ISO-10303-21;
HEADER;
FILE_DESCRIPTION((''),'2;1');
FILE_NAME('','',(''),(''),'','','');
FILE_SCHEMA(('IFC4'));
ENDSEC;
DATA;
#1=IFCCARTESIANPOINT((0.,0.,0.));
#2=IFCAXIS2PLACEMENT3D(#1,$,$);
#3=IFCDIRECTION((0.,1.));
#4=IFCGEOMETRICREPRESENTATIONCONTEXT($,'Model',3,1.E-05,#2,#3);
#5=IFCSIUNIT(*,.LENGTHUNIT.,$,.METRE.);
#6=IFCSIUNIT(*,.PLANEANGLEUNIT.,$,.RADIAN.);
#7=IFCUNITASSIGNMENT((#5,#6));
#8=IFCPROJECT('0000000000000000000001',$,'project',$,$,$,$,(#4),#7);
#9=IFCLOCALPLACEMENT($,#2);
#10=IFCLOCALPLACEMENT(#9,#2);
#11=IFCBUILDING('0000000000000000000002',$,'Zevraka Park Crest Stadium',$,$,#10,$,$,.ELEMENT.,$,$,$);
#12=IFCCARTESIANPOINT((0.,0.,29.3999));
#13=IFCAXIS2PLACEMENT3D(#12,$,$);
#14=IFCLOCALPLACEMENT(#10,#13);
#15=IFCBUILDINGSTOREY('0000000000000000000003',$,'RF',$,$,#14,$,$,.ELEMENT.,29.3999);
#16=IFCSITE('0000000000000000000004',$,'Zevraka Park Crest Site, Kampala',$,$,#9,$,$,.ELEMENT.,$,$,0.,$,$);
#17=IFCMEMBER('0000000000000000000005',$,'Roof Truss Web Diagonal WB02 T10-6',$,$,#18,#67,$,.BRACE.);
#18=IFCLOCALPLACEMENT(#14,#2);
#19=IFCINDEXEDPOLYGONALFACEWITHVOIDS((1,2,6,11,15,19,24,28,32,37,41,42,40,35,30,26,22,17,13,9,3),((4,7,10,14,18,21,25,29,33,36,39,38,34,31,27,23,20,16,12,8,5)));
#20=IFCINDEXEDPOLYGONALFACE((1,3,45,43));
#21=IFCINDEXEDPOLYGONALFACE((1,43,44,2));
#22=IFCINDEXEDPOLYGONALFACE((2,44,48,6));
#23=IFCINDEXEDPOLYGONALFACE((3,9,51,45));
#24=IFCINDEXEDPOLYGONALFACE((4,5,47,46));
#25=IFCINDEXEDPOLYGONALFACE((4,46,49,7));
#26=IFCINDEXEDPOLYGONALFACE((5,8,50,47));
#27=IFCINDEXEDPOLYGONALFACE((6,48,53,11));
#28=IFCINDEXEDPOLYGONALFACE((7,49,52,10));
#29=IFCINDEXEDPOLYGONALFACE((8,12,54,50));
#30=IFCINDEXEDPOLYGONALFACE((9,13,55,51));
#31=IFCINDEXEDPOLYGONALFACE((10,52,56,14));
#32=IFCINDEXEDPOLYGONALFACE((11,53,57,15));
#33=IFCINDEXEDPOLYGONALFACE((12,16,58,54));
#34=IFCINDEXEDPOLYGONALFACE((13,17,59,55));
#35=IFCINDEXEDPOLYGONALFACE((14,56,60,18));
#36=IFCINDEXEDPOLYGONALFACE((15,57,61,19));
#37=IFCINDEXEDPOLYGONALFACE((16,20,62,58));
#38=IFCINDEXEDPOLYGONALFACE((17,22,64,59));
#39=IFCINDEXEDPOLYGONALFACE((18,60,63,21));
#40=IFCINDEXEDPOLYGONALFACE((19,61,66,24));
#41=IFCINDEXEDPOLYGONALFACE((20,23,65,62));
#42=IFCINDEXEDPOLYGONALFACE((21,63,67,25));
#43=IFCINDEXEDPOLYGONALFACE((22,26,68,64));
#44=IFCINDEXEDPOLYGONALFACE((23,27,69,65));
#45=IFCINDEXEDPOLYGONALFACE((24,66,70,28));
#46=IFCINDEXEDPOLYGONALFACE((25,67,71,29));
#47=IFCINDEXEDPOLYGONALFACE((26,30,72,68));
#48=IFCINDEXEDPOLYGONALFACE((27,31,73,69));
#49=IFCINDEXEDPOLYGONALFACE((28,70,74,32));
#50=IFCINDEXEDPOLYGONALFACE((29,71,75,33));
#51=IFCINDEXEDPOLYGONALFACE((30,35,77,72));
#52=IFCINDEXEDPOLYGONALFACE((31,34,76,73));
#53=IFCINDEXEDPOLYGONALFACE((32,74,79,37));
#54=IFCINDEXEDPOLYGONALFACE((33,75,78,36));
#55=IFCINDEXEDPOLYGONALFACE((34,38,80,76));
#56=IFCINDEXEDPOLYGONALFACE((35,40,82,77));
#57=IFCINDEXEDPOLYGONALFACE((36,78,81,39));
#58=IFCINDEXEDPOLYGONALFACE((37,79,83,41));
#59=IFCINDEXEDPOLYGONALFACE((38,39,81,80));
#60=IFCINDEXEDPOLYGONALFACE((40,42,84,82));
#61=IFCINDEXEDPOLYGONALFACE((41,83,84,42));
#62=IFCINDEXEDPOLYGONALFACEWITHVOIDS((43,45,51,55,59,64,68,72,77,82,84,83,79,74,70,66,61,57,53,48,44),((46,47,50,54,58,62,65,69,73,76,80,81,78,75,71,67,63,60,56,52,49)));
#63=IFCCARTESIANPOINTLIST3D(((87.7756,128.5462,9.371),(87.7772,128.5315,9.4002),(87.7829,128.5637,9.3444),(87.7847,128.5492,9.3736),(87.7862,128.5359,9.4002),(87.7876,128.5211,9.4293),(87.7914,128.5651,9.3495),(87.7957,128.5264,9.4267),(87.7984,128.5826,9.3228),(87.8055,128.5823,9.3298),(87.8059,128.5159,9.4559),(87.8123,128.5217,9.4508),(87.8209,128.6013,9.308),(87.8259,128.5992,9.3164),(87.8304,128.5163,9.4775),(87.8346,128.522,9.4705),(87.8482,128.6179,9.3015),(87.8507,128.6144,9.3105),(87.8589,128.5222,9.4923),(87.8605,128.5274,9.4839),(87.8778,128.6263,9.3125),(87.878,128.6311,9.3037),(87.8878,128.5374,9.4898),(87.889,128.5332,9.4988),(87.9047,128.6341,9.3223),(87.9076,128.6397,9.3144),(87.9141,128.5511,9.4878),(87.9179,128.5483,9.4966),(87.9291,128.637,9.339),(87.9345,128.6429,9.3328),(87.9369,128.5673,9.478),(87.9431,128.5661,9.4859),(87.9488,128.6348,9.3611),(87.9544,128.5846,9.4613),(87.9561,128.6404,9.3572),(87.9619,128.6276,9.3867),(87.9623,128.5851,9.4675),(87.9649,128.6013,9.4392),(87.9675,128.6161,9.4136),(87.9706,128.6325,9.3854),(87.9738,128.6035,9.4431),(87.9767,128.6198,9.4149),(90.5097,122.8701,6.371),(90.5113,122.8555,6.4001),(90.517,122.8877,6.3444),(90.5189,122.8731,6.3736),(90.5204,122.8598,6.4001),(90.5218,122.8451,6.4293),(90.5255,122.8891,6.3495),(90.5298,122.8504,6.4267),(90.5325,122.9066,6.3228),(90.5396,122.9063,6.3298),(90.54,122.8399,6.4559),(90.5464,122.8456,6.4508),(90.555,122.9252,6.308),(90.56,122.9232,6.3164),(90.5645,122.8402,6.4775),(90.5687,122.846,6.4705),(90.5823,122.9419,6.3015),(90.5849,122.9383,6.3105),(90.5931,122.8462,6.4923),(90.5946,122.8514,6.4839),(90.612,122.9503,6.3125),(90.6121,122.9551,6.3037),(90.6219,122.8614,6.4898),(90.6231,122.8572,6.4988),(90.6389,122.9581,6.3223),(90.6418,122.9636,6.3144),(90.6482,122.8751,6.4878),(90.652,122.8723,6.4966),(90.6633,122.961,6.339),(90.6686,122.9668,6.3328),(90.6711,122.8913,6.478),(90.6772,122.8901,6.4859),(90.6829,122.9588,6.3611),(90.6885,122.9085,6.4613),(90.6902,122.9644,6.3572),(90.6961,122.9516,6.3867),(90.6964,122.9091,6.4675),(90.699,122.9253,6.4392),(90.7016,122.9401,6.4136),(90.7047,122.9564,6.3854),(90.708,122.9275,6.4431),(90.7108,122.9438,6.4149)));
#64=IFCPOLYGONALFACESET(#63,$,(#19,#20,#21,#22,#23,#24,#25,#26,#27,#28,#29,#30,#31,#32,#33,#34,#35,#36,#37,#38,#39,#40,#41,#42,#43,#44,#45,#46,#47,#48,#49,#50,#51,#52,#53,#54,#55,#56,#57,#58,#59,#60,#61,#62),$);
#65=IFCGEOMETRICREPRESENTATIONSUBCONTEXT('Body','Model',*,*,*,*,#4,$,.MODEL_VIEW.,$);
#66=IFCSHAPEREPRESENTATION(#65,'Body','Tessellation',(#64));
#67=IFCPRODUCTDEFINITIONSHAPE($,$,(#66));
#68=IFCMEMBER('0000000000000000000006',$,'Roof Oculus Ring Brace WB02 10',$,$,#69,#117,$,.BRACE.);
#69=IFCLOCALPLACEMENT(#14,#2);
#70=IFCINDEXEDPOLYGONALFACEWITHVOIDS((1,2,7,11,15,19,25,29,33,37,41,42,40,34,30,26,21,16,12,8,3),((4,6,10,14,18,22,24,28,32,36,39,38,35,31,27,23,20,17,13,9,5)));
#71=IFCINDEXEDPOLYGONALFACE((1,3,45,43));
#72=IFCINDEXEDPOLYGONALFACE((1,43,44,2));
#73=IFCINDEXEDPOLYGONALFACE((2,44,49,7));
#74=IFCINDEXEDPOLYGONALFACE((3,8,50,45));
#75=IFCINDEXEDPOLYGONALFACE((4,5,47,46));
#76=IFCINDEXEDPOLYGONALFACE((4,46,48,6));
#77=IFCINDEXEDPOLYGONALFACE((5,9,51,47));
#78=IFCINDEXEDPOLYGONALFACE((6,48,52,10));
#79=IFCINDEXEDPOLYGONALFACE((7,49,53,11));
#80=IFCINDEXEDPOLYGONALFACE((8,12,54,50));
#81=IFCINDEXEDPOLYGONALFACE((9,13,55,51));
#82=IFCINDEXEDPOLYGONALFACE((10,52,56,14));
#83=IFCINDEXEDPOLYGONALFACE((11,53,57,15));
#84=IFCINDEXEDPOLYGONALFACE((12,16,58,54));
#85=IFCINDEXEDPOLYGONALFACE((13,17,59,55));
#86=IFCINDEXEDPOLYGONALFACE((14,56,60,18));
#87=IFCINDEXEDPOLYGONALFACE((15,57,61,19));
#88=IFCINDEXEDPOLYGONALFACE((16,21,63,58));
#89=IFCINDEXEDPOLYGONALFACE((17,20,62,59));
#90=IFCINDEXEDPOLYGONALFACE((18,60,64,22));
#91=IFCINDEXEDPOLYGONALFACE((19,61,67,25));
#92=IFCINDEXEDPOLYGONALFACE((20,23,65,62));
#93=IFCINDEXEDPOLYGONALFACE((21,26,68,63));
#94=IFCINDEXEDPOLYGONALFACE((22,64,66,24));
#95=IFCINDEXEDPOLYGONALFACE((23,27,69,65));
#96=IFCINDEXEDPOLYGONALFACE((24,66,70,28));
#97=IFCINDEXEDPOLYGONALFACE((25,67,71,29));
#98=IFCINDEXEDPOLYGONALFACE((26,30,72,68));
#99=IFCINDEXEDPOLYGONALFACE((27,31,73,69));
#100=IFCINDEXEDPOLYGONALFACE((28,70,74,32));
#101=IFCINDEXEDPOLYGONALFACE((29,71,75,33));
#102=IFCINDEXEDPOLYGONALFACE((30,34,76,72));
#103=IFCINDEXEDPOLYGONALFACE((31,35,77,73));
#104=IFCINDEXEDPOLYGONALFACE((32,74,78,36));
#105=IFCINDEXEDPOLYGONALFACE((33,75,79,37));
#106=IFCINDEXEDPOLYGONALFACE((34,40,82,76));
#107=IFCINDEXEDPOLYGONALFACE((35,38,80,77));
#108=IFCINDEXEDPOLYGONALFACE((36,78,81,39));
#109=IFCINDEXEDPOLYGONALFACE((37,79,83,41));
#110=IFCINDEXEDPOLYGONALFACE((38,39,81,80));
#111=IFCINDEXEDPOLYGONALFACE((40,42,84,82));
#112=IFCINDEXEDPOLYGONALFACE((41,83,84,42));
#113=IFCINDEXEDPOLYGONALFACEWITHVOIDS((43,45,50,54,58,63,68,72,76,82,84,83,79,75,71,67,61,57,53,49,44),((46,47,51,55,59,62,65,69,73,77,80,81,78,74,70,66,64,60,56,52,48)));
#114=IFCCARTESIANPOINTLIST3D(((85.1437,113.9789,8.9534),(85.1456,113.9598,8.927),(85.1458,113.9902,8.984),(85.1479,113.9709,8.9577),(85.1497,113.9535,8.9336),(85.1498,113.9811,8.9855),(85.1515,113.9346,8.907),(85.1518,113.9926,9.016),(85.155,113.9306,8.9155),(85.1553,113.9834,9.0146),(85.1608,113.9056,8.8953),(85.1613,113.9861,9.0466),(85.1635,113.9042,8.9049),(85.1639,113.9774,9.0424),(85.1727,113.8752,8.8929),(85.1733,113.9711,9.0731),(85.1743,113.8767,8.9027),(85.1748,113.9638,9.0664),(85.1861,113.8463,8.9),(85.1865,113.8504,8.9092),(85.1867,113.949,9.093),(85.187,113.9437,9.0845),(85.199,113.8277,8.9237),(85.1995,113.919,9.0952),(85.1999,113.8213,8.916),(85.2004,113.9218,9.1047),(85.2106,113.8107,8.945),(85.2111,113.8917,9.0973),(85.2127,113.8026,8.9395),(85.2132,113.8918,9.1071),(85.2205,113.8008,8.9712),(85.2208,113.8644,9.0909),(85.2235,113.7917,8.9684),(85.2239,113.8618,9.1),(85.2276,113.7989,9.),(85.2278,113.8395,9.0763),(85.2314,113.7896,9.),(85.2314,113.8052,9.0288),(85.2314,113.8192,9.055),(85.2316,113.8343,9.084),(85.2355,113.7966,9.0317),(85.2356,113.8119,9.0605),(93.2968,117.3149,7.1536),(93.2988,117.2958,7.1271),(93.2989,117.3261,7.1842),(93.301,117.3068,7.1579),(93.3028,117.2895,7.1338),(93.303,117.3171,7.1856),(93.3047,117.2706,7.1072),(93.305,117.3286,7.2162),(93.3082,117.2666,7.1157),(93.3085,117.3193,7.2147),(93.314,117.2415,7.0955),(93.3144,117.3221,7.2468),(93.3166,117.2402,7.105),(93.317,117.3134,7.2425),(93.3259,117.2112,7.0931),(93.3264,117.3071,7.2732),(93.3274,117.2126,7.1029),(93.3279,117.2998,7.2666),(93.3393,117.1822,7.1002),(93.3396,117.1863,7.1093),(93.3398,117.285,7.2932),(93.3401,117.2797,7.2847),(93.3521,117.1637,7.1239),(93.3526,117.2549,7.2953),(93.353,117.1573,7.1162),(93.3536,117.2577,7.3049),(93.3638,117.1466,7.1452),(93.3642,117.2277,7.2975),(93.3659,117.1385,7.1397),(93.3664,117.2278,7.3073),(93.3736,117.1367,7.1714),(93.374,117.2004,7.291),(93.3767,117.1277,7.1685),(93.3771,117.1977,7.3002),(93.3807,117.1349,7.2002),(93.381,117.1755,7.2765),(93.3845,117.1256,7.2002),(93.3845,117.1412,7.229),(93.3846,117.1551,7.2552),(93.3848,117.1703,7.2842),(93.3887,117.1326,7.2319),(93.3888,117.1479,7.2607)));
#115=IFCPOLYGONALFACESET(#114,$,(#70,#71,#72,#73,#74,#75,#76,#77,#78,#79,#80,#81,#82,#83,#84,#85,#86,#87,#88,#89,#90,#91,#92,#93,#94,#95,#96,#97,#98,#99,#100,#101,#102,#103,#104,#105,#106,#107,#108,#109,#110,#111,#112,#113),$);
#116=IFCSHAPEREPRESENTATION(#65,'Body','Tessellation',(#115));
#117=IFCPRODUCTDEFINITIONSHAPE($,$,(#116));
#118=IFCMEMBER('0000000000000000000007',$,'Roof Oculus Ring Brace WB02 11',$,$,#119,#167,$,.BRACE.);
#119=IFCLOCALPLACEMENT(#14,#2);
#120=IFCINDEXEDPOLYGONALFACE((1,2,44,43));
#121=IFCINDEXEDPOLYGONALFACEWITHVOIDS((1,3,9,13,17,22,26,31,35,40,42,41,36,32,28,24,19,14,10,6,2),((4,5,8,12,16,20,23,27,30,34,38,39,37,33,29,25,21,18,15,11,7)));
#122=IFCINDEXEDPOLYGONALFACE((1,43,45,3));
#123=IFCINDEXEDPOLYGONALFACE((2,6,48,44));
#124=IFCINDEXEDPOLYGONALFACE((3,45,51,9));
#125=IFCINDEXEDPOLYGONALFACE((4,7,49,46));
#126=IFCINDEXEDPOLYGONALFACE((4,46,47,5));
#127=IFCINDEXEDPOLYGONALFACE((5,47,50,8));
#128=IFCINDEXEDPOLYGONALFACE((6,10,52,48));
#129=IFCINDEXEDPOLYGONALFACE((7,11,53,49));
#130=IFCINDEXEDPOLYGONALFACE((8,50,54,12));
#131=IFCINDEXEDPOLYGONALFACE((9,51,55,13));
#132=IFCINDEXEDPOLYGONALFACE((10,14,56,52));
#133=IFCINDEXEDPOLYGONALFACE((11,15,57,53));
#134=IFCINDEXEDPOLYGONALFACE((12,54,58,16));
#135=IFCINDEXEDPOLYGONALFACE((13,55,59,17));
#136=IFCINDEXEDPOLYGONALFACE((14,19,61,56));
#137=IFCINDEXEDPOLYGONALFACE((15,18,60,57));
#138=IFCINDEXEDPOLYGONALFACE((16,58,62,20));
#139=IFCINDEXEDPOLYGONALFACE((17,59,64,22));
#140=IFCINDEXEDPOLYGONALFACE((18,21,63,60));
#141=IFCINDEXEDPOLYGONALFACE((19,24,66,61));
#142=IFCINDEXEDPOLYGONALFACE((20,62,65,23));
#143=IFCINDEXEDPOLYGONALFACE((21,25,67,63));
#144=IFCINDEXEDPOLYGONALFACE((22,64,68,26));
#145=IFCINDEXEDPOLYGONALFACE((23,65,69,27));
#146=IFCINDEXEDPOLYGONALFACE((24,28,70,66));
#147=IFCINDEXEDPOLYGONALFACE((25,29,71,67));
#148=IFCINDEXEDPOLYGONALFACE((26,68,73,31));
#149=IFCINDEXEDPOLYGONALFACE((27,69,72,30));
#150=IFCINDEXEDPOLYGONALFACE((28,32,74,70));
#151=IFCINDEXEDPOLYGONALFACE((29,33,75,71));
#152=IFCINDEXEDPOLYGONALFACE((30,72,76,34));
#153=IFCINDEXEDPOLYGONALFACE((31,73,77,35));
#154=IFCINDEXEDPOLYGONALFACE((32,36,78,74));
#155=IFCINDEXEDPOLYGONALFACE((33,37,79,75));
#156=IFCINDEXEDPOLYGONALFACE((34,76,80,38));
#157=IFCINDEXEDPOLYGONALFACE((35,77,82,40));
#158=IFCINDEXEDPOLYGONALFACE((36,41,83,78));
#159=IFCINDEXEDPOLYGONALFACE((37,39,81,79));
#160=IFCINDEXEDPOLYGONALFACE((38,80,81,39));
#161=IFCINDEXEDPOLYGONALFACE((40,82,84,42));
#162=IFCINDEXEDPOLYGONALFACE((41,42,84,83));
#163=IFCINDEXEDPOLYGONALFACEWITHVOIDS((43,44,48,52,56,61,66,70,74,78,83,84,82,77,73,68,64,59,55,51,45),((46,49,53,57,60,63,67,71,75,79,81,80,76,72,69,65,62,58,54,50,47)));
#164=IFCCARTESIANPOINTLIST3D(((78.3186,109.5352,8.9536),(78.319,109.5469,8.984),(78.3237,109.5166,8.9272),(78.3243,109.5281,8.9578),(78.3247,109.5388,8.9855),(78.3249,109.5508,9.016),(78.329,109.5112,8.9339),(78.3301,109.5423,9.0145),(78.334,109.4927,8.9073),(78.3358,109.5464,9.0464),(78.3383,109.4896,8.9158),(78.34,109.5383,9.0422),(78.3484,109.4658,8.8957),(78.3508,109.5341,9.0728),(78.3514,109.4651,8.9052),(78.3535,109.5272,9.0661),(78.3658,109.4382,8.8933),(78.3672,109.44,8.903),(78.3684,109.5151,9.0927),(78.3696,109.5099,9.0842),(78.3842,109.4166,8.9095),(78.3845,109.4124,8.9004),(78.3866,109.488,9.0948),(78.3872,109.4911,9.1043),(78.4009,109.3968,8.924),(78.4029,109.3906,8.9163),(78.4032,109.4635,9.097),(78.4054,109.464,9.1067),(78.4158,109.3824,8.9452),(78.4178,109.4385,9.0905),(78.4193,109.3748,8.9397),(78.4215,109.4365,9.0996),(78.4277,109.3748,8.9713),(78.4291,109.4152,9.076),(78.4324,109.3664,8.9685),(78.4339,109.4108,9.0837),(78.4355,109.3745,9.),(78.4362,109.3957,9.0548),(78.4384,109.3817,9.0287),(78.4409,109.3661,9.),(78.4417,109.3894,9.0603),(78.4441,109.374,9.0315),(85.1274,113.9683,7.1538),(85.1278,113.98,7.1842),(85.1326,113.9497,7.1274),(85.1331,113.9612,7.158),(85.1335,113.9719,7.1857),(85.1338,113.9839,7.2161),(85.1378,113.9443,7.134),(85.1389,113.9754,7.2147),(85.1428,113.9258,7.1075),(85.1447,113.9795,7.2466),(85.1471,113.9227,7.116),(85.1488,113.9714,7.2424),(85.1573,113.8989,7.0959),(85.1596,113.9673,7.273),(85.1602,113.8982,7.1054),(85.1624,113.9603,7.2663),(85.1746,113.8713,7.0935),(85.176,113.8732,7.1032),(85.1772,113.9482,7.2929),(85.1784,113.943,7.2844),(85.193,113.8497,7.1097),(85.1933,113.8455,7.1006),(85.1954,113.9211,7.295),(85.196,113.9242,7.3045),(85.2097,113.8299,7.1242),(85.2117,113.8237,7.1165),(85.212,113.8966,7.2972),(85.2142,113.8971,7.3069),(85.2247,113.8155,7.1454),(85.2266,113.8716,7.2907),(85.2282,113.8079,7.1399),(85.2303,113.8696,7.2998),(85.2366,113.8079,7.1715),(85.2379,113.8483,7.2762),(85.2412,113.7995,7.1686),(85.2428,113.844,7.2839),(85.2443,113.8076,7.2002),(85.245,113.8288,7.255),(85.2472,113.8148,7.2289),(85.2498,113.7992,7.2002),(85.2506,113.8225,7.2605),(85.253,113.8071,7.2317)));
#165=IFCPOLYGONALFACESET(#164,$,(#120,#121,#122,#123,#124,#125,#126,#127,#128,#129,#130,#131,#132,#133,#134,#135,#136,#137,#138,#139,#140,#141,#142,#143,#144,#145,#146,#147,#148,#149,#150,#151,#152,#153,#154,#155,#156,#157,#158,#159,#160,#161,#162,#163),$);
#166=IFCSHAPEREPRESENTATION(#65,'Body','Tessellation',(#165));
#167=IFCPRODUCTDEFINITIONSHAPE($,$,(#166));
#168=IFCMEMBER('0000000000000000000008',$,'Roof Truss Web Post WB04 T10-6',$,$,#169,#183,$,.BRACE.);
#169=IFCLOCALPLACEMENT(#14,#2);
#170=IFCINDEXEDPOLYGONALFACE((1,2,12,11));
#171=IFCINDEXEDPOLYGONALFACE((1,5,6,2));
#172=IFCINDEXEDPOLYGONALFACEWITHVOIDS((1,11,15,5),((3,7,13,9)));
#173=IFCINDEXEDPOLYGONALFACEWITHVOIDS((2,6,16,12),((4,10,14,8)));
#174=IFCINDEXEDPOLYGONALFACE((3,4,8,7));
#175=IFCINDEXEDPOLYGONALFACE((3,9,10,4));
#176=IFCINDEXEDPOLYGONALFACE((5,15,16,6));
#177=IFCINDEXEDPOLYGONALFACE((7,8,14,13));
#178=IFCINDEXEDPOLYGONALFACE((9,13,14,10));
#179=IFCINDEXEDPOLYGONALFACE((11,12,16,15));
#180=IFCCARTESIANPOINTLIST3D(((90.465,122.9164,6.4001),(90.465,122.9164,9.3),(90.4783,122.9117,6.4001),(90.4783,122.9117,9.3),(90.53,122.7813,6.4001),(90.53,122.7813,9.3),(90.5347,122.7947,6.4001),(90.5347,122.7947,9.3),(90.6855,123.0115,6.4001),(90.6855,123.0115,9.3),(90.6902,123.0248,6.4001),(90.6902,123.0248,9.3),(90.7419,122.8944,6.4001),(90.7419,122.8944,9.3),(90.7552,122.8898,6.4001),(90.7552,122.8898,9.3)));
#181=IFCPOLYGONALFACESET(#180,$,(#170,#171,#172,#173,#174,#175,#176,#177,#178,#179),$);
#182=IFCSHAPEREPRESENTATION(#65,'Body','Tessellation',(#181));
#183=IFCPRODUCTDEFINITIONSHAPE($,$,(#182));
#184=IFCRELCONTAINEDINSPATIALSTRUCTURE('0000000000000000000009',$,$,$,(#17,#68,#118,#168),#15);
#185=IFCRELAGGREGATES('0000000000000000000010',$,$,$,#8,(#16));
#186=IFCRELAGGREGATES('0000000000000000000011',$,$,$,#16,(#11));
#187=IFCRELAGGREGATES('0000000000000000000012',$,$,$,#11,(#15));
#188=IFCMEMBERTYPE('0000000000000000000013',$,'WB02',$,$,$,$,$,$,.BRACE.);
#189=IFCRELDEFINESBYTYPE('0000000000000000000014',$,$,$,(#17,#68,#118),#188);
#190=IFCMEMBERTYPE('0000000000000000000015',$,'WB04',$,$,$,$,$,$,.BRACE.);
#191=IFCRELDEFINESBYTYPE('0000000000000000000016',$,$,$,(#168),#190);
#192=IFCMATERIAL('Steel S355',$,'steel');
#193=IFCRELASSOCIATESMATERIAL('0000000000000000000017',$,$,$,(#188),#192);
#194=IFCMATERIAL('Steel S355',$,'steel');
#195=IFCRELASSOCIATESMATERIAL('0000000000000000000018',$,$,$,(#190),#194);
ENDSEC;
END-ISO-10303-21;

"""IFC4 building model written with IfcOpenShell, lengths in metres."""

from ifc_helpers import new_model, si_unit, direction, frame, origin, origin_2d, place, context, subcontext, project, spatial, hollow_rectangle, hollow_circle, extrude, material, material_profile, profile_set, type_object, element, save


model = new_model("IFC4")

# Units and contexts
model_context = context("Model", 3, precision=1e-05, world=origin(), true_north=direction((0.0, 1.0)))
body_context = subcontext(model_context, "Body", "Model", "MODEL_VIEW")
ifc_project = project(units=[si_unit("LENGTHUNIT", "METRE"), si_unit("PLANEANGLEUNIT", "RADIAN")], contexts=[model_context])

# Site, building, storey
site_placement = place(None, origin())
site = spatial("IfcSite", under=ifc_project, at=site_placement, Name="Zevraka Park Crest Site, Kampala", CompositionType="ELEMENT", RefElevation=0.0)
building_placement = place(site_placement, origin())
building = spatial("IfcBuilding", under=site, at=building_placement, Name="Zevraka Park Crest Stadium", CompositionType="ELEMENT")
storey_placement = place(building_placement, frame((0.0, 0.0, 29.3999)))
storey = spatial("IfcBuildingStorey", under=building, at=storey_placement, Name="RF", CompositionType="ELEMENT", Elevation=29.3999)

# Members
ifc_material_1 = material(Name="Steel S355", Category="steel")
ifc_material_profile_1 = material_profile(ifc_material_1, hollow_circle(Radius=0.1096, WallThickness=0.01, at=origin_2d()), Name="CHS 219.1x10")
ifc_profile_set_1 = profile_set([ifc_material_profile_1], Name="Steel S355")
member_type_1 = type_object("IfcMemberType", Name="WB02", PredefinedType="BRACE", material=ifc_profile_set_1)
member_1_placement = place(storey_placement, frame((90.6101, 122.9031, 6.4001), z_axis=(-0.391821, 0.813415, 0.429922), x_axis=(-0.900925, -0.433974, 0.0)))
element("IfcMember", 1, at=member_1_placement, inside=storey, type_object=member_type_1, Name="Roof Truss Web Diagonal WB02 T10-6", PredefinedType="BRACE", context=body_context, shape_type="SweptSolid", body=[
    extrude(hollow_circle(Radius=0.1096, WallThickness=0.01, at=origin_2d()), origin(), (0.0, 0.0, 1.0), 6.978),
])
member_2_placement = place(storey_placement, frame((93.343, 117.2271, 7.2002), z_axis=(-0.906791, -0.371025, 0.200176), x_axis=(0.37869, -0.925524, 0.0)))
element("IfcMember", 2, at=member_2_placement, inside=storey, type_object=member_type_1, Name="Roof Oculus Ring Brace WB02 10", PredefinedType="BRACE", context=body_context, shape_type="SweptSolid", body=[
    extrude(hollow_circle(Radius=0.1096, WallThickness=0.01, at=origin_2d()), origin(), (0.0, 0.0, 1.0), 8.9912),
])
member_3_placement = place(storey_placement, frame((85.1899, 113.8911, 7.2002), z_axis=(-0.818195, -0.532711, 0.216276), x_axis=(0.545625, -0.838029, 0.0)))
element("IfcMember", 3, at=member_3_placement, inside=storey, type_object=member_type_1, Name="Roof Oculus Ring Brace WB02 11", PredefinedType="BRACE", context=body_context, shape_type="SweptSolid", body=[
    extrude(hollow_circle(Radius=0.1096, WallThickness=0.01, at=origin_2d()), origin(), (0.0, 0.0, 1.0), 8.3218),
])
ifc_material_2 = material(Name="Steel S355", Category="steel")
ifc_material_profile_2 = material_profile(ifc_material_2, hollow_rectangle(XDim=0.1499, YDim=0.25, WallThickness=0.01, at=origin_2d()), Name="RHS 250x150x10")
ifc_profile_set_2 = profile_set([ifc_material_profile_2], Name="Steel S355")
member_type_2 = type_object("IfcMemberType", Name="WB04", PredefinedType="BRACE", material=ifc_profile_set_2)
member_4_placement = place(storey_placement, frame((90.6101, 122.9031, 6.4001), z_axis=(0.0, 0.0, 1.0), x_axis=(-0.433816, 0.901001, 0.0)))
element("IfcMember", 4, at=member_4_placement, inside=storey, type_object=member_type_2, Name="Roof Truss Web Post WB04 T10-6", PredefinedType="BRACE", context=body_context, shape_type="SweptSolid", body=[
    extrude(hollow_rectangle(XDim=0.1499, YDim=0.25, WallThickness=0.01, at=origin_2d()), origin(), (0.0, 0.0, 1.0), 2.8999),
])

save(model, "model.ifc")
